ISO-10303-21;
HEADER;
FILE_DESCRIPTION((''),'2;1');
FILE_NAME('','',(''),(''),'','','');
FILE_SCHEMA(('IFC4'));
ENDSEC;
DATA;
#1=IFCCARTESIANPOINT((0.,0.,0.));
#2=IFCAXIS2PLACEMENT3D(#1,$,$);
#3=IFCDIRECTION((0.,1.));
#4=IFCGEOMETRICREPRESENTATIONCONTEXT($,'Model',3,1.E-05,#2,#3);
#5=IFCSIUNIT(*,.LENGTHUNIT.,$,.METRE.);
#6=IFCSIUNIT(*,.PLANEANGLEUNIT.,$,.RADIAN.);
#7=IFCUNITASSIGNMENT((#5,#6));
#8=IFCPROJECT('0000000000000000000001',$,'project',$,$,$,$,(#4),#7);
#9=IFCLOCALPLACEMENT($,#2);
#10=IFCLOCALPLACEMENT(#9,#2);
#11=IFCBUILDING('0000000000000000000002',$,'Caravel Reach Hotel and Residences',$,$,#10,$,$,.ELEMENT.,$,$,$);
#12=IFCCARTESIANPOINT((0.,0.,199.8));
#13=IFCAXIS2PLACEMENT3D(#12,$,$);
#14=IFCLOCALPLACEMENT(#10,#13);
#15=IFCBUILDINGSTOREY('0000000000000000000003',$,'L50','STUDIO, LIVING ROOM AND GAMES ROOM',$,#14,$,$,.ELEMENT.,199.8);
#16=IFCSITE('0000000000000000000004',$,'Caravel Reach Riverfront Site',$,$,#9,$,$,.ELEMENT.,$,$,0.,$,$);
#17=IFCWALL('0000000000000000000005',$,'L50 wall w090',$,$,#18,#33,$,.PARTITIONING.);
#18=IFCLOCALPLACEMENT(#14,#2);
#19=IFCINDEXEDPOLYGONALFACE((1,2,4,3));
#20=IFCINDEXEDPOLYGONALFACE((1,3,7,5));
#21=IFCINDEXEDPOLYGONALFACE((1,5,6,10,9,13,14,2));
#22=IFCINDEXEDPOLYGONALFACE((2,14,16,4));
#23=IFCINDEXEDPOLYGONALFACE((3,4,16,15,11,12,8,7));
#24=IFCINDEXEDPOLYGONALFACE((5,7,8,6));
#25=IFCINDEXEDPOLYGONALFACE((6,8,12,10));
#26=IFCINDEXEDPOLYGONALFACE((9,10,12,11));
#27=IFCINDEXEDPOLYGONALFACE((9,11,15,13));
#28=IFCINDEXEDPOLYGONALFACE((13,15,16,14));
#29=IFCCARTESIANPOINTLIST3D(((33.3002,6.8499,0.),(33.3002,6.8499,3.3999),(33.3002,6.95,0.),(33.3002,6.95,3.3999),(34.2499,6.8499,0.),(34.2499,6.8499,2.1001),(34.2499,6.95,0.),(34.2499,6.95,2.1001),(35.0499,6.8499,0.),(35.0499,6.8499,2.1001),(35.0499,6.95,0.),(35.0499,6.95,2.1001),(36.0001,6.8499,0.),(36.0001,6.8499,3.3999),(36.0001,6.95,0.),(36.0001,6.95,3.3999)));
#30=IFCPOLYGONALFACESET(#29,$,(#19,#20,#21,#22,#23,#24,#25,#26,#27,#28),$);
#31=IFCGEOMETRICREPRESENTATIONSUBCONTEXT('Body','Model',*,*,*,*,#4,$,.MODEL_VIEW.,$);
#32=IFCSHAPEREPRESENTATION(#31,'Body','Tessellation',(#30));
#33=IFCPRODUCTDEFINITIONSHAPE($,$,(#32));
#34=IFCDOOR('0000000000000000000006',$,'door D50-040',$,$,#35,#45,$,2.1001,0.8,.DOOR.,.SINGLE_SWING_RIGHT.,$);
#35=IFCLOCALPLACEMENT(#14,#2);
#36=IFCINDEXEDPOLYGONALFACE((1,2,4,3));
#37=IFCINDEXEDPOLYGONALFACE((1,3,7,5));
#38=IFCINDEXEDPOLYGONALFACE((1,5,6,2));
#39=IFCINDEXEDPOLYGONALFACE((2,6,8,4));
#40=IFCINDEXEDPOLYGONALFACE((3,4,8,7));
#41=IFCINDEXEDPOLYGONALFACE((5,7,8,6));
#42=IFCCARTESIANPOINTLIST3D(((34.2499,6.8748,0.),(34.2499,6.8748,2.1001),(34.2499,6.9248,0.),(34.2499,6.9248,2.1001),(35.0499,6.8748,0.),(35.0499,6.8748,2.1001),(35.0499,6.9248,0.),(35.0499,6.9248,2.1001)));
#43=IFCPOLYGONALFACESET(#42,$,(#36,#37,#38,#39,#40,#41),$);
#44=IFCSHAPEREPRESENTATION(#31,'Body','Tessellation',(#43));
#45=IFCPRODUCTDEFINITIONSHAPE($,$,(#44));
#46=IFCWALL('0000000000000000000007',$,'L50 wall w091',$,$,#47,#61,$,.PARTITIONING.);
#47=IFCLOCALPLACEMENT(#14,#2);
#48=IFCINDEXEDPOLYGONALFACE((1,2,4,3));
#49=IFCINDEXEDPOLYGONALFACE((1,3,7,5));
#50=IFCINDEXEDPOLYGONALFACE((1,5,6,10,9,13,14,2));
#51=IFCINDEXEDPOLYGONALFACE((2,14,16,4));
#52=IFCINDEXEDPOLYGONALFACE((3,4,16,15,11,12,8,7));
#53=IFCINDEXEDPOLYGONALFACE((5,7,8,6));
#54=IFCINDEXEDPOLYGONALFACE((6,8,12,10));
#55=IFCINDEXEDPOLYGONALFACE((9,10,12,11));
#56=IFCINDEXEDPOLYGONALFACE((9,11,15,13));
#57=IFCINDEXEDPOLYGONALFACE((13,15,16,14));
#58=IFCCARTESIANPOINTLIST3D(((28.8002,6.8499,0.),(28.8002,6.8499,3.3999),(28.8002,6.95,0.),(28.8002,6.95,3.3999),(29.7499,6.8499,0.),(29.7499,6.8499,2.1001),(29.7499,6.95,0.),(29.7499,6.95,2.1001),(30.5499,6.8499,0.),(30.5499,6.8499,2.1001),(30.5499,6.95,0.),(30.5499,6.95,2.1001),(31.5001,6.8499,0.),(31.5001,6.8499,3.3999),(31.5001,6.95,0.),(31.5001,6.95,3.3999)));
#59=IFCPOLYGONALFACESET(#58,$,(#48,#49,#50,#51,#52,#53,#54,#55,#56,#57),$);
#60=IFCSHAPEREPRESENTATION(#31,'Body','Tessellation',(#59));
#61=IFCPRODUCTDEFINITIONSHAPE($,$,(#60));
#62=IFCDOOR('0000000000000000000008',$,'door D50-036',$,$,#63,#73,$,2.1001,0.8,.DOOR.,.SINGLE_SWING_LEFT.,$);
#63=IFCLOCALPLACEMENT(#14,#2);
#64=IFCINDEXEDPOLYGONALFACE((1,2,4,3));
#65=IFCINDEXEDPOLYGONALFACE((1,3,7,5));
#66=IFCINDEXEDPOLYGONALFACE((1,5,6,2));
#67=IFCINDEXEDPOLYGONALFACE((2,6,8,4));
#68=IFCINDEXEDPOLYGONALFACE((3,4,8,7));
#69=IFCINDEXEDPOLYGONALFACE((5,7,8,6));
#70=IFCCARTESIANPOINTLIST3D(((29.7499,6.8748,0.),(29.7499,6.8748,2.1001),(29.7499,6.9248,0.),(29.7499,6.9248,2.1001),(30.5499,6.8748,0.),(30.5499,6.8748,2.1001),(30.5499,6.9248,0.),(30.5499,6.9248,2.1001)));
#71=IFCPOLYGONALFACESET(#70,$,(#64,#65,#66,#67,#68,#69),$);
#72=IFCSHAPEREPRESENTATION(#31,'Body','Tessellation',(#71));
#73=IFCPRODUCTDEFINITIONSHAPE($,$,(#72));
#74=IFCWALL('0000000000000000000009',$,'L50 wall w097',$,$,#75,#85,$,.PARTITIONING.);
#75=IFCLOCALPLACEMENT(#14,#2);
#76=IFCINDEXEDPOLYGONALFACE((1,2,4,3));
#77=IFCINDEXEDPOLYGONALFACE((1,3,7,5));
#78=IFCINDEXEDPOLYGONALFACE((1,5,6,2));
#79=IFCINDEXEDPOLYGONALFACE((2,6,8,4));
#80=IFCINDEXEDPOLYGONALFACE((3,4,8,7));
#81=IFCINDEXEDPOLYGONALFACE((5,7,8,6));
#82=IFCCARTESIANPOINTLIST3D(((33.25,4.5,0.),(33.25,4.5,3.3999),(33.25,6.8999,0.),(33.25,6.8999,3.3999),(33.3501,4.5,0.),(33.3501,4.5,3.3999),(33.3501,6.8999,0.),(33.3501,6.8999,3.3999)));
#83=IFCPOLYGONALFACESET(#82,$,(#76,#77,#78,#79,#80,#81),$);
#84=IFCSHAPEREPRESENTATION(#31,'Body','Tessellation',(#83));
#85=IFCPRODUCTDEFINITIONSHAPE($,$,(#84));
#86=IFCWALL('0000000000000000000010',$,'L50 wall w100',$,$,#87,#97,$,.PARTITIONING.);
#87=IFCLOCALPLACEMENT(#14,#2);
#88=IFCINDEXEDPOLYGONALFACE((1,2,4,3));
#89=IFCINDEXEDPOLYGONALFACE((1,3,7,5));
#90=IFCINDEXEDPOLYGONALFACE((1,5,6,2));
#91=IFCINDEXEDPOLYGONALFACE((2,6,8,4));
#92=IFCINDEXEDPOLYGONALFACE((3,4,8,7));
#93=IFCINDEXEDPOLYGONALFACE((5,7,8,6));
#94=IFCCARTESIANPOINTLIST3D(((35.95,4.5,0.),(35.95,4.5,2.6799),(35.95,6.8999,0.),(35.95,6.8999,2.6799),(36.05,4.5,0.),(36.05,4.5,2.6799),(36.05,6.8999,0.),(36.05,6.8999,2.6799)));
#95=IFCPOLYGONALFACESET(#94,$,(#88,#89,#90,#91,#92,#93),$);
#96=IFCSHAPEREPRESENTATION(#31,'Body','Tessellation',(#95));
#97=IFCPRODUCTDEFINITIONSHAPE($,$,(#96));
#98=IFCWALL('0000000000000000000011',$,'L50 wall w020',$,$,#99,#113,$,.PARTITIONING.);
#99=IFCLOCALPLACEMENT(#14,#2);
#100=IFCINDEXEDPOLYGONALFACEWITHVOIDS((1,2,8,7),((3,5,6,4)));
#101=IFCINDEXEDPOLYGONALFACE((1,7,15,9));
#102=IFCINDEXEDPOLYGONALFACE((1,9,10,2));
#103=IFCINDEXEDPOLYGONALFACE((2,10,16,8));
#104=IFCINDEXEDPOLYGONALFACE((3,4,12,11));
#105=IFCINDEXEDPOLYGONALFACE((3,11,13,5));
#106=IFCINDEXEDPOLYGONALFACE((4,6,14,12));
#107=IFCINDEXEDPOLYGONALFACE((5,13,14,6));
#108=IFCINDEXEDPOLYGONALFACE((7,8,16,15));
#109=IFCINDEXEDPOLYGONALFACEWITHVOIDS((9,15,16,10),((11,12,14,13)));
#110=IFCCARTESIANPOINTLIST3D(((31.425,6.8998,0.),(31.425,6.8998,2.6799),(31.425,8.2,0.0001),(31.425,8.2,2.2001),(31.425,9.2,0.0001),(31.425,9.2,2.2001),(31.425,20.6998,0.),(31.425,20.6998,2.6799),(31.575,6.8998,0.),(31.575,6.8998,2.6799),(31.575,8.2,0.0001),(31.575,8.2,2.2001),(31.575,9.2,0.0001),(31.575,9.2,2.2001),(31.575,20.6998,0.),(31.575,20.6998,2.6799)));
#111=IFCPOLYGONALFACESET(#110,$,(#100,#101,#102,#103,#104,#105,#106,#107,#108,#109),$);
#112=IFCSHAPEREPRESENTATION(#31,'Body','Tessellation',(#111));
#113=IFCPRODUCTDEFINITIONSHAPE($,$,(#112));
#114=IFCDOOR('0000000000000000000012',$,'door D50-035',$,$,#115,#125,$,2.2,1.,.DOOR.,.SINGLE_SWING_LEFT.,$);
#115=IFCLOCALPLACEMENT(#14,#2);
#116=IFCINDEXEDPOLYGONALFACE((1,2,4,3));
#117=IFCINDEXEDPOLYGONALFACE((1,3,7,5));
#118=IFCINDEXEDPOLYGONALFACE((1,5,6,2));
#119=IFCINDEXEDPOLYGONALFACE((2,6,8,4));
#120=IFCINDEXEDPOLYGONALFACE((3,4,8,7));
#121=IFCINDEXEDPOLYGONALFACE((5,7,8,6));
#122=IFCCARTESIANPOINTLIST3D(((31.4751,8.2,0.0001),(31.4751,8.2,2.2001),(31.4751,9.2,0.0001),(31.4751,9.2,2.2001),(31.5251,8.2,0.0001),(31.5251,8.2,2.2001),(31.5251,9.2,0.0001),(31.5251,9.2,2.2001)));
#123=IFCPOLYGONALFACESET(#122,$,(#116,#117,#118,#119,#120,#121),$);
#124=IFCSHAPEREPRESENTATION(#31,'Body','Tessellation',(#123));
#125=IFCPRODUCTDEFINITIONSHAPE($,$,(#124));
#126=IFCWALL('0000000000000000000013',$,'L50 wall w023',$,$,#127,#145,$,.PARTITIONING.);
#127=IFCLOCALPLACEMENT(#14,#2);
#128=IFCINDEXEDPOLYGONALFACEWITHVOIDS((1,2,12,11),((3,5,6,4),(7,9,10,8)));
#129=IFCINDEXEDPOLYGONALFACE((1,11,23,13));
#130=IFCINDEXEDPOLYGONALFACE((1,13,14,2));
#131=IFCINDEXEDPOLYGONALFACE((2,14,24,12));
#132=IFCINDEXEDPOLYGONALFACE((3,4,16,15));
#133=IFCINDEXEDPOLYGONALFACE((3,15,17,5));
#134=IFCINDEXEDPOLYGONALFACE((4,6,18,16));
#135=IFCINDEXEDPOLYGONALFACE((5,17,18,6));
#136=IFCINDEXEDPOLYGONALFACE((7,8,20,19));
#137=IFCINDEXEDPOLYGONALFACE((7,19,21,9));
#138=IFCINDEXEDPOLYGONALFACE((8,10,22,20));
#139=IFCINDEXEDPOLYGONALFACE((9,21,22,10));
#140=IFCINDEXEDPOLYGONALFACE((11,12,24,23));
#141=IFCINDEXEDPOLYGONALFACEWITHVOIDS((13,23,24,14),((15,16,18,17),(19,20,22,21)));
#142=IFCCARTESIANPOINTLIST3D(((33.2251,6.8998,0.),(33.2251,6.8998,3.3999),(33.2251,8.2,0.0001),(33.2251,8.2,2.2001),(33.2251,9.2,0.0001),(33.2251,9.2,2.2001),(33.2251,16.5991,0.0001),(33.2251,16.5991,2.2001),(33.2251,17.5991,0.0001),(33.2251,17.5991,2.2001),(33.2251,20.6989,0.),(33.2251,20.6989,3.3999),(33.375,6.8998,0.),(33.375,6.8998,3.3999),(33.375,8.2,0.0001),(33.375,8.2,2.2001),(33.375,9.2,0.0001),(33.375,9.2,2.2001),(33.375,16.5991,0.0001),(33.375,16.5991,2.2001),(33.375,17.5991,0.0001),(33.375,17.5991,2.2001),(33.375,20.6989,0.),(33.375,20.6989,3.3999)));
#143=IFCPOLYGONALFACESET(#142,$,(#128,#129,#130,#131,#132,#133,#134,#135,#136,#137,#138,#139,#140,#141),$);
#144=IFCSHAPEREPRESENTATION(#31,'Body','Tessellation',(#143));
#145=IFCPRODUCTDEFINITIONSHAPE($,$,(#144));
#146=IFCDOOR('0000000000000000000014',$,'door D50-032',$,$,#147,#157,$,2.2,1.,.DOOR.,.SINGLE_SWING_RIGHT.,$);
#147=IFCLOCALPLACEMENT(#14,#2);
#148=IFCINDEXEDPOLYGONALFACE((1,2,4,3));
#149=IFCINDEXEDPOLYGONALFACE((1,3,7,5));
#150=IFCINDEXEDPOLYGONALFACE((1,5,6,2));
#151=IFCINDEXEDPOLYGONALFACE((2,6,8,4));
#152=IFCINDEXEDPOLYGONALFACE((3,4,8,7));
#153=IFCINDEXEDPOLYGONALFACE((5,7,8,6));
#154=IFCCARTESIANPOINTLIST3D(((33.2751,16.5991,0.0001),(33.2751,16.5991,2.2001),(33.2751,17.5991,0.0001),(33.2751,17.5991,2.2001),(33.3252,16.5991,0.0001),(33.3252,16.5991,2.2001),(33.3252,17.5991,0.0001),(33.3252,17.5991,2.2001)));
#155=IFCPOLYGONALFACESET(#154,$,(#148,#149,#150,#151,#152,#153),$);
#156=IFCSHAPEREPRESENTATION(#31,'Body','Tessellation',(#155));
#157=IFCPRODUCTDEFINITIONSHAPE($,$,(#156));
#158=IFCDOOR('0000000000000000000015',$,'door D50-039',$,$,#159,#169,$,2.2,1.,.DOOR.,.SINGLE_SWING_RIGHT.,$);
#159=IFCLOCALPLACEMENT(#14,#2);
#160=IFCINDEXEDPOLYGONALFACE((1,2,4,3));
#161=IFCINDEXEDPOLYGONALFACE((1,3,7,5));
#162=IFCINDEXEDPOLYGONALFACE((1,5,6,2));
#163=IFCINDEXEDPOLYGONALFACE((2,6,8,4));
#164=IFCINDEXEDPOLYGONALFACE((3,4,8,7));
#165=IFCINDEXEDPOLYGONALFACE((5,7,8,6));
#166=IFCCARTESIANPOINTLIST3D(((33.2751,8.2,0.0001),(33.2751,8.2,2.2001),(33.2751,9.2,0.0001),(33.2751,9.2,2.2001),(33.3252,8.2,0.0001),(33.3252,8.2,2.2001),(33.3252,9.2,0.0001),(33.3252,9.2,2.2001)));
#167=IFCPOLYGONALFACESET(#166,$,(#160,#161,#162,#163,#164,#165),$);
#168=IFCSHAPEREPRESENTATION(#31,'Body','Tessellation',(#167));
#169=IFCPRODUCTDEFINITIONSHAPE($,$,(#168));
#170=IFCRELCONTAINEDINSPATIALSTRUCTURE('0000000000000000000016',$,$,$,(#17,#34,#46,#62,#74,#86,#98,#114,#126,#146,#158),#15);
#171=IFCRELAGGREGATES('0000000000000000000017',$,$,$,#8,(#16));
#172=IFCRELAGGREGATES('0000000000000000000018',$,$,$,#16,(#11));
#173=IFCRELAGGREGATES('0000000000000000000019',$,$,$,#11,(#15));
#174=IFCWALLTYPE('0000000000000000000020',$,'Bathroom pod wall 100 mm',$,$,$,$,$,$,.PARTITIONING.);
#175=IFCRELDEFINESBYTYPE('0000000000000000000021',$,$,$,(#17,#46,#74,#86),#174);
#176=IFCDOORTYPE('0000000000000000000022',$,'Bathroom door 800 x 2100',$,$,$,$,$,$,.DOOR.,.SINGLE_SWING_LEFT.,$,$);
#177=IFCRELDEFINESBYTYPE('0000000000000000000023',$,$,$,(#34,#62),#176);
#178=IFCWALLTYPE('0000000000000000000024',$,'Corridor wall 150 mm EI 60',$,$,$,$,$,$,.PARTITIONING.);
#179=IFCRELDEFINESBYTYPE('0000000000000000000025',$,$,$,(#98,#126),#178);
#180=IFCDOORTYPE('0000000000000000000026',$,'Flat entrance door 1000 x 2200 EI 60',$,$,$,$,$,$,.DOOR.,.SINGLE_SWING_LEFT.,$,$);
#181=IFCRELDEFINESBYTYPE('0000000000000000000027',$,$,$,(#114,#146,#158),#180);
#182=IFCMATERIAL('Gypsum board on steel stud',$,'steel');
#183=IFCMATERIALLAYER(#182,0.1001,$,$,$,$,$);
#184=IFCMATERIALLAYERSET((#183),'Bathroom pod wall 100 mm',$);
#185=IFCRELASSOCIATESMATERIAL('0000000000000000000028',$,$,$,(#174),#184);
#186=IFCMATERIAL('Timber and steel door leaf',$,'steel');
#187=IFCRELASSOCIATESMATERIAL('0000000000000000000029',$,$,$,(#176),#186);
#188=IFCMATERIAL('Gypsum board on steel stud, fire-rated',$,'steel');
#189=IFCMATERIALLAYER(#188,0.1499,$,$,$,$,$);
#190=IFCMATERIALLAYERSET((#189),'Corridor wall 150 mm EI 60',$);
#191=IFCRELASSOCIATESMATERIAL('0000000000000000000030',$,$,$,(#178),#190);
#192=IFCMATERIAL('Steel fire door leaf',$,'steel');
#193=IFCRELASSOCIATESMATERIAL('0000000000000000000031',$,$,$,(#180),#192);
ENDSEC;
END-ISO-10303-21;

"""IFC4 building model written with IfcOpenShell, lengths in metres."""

from ifc_helpers import new_model, si_unit, direction, frame, frame_2d, origin, place, context, subcontext, project, spatial, rectangle, extrude, material, layer, layer_set, type_object, element, fill, save


model = new_model("IFC4")

# Units and contexts
model_context = context("Model", 3, precision=1e-05, world=origin(), true_north=direction((0.0, 1.0)))
body_context = subcontext(model_context, "Body", "Model", "MODEL_VIEW")
ifc_project = project(units=[si_unit("LENGTHUNIT", "METRE"), si_unit("PLANEANGLEUNIT", "RADIAN")], contexts=[model_context])

# Site, building, storey
site_placement = place(None, origin())
site = spatial("IfcSite", under=ifc_project, at=site_placement, Name="Caravel Reach Riverfront Site", CompositionType="ELEMENT", RefElevation=0.0)
building_placement = place(site_placement, origin())
building = spatial("IfcBuilding", under=site, at=building_placement, Name="Caravel Reach Hotel and Residences", CompositionType="ELEMENT")
storey_placement = place(building_placement, frame((0.0, 0.0, 199.8)))
storey = spatial("IfcBuildingStorey", under=building, at=storey_placement, Name="L50", Description="STUDIO, LIVING ROOM AND GAMES ROOM", CompositionType="ELEMENT", Elevation=199.8)

# Shared definitions
ifc_material_1 = material(Name="Gypsum board on steel stud", Category="steel")
ifc_layer_1 = layer(ifc_material_1, 0.1001)
ifc_layer_set_1 = layer_set([ifc_layer_1], Name="Bathroom pod wall 100 mm")
wall_type_1 = type_object("IfcWallType", Name="Bathroom pod wall 100 mm", PredefinedType="PARTITIONING", material=ifc_layer_set_1)

# Walls, openings, doors
wall_1_placement = place(storey_placement, frame((33.3, 6.8999, 0.0), z_axis=(0.0, 0.0, 1.0), x_axis=(1.0, 0.0, 0.0)))
wall_1 = element("IfcWall", 1, at=wall_1_placement, inside=storey, type_object=wall_type_1, Name="L50 wall w090", PredefinedType="PARTITIONING", context=body_context, shape_type="SweptSolid", body=[
    extrude(rectangle(XDim=2.7, YDim=0.1001, at=frame_2d((1.3501, 0.0))), origin(), (0.0, 0.0, 1.0), 3.3999),
])
opening_1_placement = place(wall_1_placement, frame((0.95, 0.0, 0.0)))
opening_1 = element("IfcOpeningElement", 2, at=opening_1_placement, cuts=wall_1, PredefinedType="OPENING", context=body_context, shape_type="SweptSolid", body=[
    extrude(rectangle(XDim=0.8, YDim=2.1001, at=frame_2d((0.3999, 1.05))), frame((0.0, 0.0601, 0.0), z_axis=(0.0, -1.0, 0.0), x_axis=(1.0, 0.0, 0.0)), (0.0, 0.0, 1.0), 0.1201),
])
ifc_material_2 = material(Name="Timber and steel door leaf", Category="steel")
door_type_1 = type_object("IfcDoorType", Name="Bathroom door 800 x 2100", OperationType="SINGLE_SWING_LEFT", PredefinedType="DOOR", material=ifc_material_2)
door_1_placement = place(opening_1_placement, origin())
door_1 = element("IfcDoor", 3, at=door_1_placement, inside=storey, type_object=door_type_1, Name="door D50-040", OperationType="SINGLE_SWING_RIGHT", OverallHeight=2.1001, OverallWidth=0.8, PredefinedType="DOOR", context=body_context, shape_type="SweptSolid", body=[
    extrude(rectangle(XDim=0.8, YDim=2.1001, at=frame_2d((0.3999, 1.05))), frame((0.0, 0.0249, 0.0), z_axis=(0.0, -1.0, 0.0), x_axis=(1.0, 0.0, 0.0)), (0.0, 0.0, 1.0), 0.05),
])
fill(opening_1, door_1)
wall_2_placement = place(storey_placement, frame((28.8, 6.8999, 0.0), z_axis=(0.0, 0.0, 1.0), x_axis=(1.0, 0.0, 0.0)))
wall_2 = element("IfcWall", 4, at=wall_2_placement, inside=storey, type_object=wall_type_1, Name="L50 wall w091", PredefinedType="PARTITIONING", context=body_context, shape_type="SweptSolid", body=[
    extrude(rectangle(XDim=2.7, YDim=0.1001, at=frame_2d((1.3501, 0.0))), origin(), (0.0, 0.0, 1.0), 3.3999),
])
opening_2_placement = place(wall_2_placement, frame((0.95, 0.0, 0.0)))
opening_2 = element("IfcOpeningElement", 5, at=opening_2_placement, cuts=wall_2, PredefinedType="OPENING", context=body_context, shape_type="SweptSolid", body=[
    extrude(rectangle(XDim=0.8, YDim=2.1001, at=frame_2d((0.3999, 1.05))), frame((0.0, 0.0601, 0.0), z_axis=(0.0, -1.0, 0.0), x_axis=(1.0, 0.0, 0.0)), (0.0, 0.0, 1.0), 0.1201),
])
door_2_placement = place(opening_2_placement, origin())
door_2 = element("IfcDoor", 6, at=door_2_placement, inside=storey, type_object=door_type_1, Name="door D50-036", OperationType="SINGLE_SWING_LEFT", OverallHeight=2.1001, OverallWidth=0.8, PredefinedType="DOOR", context=body_context, shape_type="SweptSolid", body=[
    extrude(rectangle(XDim=0.8, YDim=2.1001, at=frame_2d((0.3999, 1.05))), frame((0.0, 0.0249, 0.0), z_axis=(0.0, -1.0, 0.0), x_axis=(1.0, 0.0, 0.0)), (0.0, 0.0, 1.0), 0.05),
])
fill(opening_2, door_2)

# Walls
wall_3_placement = place(storey_placement, frame((33.3, 4.5, 0.0), z_axis=(0.0, 0.0, 1.0), x_axis=(0.0, 1.0, 0.0)))
element("IfcWall", 7, at=wall_3_placement, inside=storey, type_object=wall_type_1, Name="L50 wall w097", PredefinedType="PARTITIONING", context=body_context, shape_type="SweptSolid", body=[
    extrude(rectangle(XDim=2.3999, YDim=0.1001, at=frame_2d((1.2, 0.0))), origin(), (0.0, 0.0, 1.0), 3.3999),
])
wall_4_placement = place(storey_placement, frame((36.0, 4.5, 0.0), z_axis=(0.0, 0.0, 1.0), x_axis=(0.0, 1.0, 0.0)))
element("IfcWall", 8, at=wall_4_placement, inside=storey, type_object=wall_type_1, Name="L50 wall w100", PredefinedType="PARTITIONING", context=body_context, shape_type="SweptSolid", body=[
    extrude(rectangle(XDim=2.3999, YDim=0.1001, at=frame_2d((1.2, 0.0))), origin(), (0.0, 0.0, 1.0), 2.6799),
])

# Wall, opening, door
ifc_material_3 = material(Name="Gypsum board on steel stud, fire-rated", Category="steel")
ifc_layer_2 = layer(ifc_material_3, 0.1499)
ifc_layer_set_2 = layer_set([ifc_layer_2], Name="Corridor wall 150 mm EI 60")
wall_type_2 = type_object("IfcWallType", Name="Corridor wall 150 mm EI 60", PredefinedType="PARTITIONING", material=ifc_layer_set_2)
wall_5_placement = place(storey_placement, frame((31.5, 6.8999, 0.0), z_axis=(0.0, 0.0, 1.0), x_axis=(0.0, 1.0, 0.0)))
wall_5 = element("IfcWall", 9, at=wall_5_placement, inside=storey, type_object=wall_type_2, Name="L50 wall w020", PredefinedType="PARTITIONING", context=body_context, shape_type="SweptSolid", body=[
    extrude(rectangle(XDim=13.8, YDim=0.1499, at=frame_2d((6.8999, 0.0))), origin(), (0.0, 0.0, 1.0), 2.6799),
])
opening_3_placement = place(wall_5_placement, frame((1.3, 0.0, 0.0)))
opening_3 = element("IfcOpeningElement", 10, at=opening_3_placement, cuts=wall_5, PredefinedType="OPENING", context=body_context, shape_type="SweptSolid", body=[
    extrude(rectangle(XDim=1.0, YDim=2.2, at=frame_2d((0.5, 1.1001))), frame((0.0, 0.085, 0.0), z_axis=(0.0, -1.0, 0.0), x_axis=(1.0, 0.0, 0.0)), (0.0, 0.0, 1.0), 0.1699),
])
ifc_material_4 = material(Name="Steel fire door leaf", Category="steel")
door_type_2 = type_object("IfcDoorType", Name="Flat entrance door 1000 x 2200 EI 60", OperationType="SINGLE_SWING_LEFT", PredefinedType="DOOR", material=ifc_material_4)
door_3_placement = place(opening_3_placement, origin())
door_3 = element("IfcDoor", 11, at=door_3_placement, inside=storey, type_object=door_type_2, Name="door D50-035", OperationType="SINGLE_SWING_LEFT", OverallHeight=2.2, OverallWidth=1.0, PredefinedType="DOOR", context=body_context, shape_type="SweptSolid", body=[
    extrude(rectangle(XDim=1.0, YDim=2.2, at=frame_2d((0.5, 1.1001))), frame((0.0, 0.0249, 0.0), z_axis=(0.0, -1.0, 0.0), x_axis=(1.0, 0.0, 0.0)), (0.0, 0.0, 1.0), 0.05),
])
fill(opening_3, door_3)

# Wall, openings, doors
wall_6_placement = place(storey_placement, frame((33.3, 6.8999, 0.0), z_axis=(0.0, 0.0, 1.0), x_axis=(0.0, 1.0, 0.0)))
wall_6 = element("IfcWall", 12, at=wall_6_placement, inside=storey, type_object=wall_type_2, Name="L50 wall w023", PredefinedType="PARTITIONING", context=body_context, shape_type="SweptSolid", body=[
    extrude(rectangle(XDim=13.7991, YDim=0.1499, at=frame_2d((6.8994, 0.0))), origin(), (0.0, 0.0, 1.0), 3.3999),
])
opening_4_placement = place(wall_6_placement, frame((9.6992, 0.0, 0.0)))
opening_4 = element("IfcOpeningElement", 13, at=opening_4_placement, cuts=wall_6, PredefinedType="OPENING", context=body_context, shape_type="SweptSolid", body=[
    extrude(rectangle(XDim=1.0, YDim=2.2, at=frame_2d((0.5, 1.1001))), frame((0.0, 0.085, 0.0), z_axis=(0.0, -1.0, 0.0), x_axis=(1.0, 0.0, 0.0)), (0.0, 0.0, 1.0), 0.1699),
])
opening_5_placement = place(wall_6_placement, frame((1.3, 0.0, 0.0)))
opening_5 = element("IfcOpeningElement", 14, at=opening_5_placement, cuts=wall_6, PredefinedType="OPENING", context=body_context, shape_type="SweptSolid", body=[
    extrude(rectangle(XDim=1.0, YDim=2.2, at=frame_2d((0.5, 1.1001))), frame((0.0, 0.085, 0.0), z_axis=(0.0, -1.0, 0.0), x_axis=(1.0, 0.0, 0.0)), (0.0, 0.0, 1.0), 0.1699),
])
door_4_placement = place(opening_4_placement, origin())
door_4 = element("IfcDoor", 15, at=door_4_placement, inside=storey, type_object=door_type_2, Name="door D50-032", OperationType="SINGLE_SWING_RIGHT", OverallHeight=2.2, OverallWidth=1.0, PredefinedType="DOOR", context=body_context, shape_type="SweptSolid", body=[
    extrude(rectangle(XDim=1.0, YDim=2.2, at=frame_2d((0.5, 1.1001))), frame((0.0, 0.0249, 0.0), z_axis=(0.0, -1.0, 0.0), x_axis=(1.0, 0.0, 0.0)), (0.0, 0.0, 1.0), 0.05),
])
fill(opening_4, door_4)
door_5_placement = place(opening_5_placement, origin())
door_5 = element("IfcDoor", 16, at=door_5_placement, inside=storey, type_object=door_type_2, Name="door D50-039", OperationType="SINGLE_SWING_RIGHT", OverallHeight=2.2, OverallWidth=1.0, PredefinedType="DOOR", context=body_context, shape_type="SweptSolid", body=[
    extrude(rectangle(XDim=1.0, YDim=2.2, at=frame_2d((0.5, 1.1001))), frame((0.0, 0.0249, 0.0), z_axis=(0.0, -1.0, 0.0), x_axis=(1.0, 0.0, 0.0)), (0.0, 0.0, 1.0), 0.05),
])
fill(opening_5, door_5)

save(model, "model.ifc")
